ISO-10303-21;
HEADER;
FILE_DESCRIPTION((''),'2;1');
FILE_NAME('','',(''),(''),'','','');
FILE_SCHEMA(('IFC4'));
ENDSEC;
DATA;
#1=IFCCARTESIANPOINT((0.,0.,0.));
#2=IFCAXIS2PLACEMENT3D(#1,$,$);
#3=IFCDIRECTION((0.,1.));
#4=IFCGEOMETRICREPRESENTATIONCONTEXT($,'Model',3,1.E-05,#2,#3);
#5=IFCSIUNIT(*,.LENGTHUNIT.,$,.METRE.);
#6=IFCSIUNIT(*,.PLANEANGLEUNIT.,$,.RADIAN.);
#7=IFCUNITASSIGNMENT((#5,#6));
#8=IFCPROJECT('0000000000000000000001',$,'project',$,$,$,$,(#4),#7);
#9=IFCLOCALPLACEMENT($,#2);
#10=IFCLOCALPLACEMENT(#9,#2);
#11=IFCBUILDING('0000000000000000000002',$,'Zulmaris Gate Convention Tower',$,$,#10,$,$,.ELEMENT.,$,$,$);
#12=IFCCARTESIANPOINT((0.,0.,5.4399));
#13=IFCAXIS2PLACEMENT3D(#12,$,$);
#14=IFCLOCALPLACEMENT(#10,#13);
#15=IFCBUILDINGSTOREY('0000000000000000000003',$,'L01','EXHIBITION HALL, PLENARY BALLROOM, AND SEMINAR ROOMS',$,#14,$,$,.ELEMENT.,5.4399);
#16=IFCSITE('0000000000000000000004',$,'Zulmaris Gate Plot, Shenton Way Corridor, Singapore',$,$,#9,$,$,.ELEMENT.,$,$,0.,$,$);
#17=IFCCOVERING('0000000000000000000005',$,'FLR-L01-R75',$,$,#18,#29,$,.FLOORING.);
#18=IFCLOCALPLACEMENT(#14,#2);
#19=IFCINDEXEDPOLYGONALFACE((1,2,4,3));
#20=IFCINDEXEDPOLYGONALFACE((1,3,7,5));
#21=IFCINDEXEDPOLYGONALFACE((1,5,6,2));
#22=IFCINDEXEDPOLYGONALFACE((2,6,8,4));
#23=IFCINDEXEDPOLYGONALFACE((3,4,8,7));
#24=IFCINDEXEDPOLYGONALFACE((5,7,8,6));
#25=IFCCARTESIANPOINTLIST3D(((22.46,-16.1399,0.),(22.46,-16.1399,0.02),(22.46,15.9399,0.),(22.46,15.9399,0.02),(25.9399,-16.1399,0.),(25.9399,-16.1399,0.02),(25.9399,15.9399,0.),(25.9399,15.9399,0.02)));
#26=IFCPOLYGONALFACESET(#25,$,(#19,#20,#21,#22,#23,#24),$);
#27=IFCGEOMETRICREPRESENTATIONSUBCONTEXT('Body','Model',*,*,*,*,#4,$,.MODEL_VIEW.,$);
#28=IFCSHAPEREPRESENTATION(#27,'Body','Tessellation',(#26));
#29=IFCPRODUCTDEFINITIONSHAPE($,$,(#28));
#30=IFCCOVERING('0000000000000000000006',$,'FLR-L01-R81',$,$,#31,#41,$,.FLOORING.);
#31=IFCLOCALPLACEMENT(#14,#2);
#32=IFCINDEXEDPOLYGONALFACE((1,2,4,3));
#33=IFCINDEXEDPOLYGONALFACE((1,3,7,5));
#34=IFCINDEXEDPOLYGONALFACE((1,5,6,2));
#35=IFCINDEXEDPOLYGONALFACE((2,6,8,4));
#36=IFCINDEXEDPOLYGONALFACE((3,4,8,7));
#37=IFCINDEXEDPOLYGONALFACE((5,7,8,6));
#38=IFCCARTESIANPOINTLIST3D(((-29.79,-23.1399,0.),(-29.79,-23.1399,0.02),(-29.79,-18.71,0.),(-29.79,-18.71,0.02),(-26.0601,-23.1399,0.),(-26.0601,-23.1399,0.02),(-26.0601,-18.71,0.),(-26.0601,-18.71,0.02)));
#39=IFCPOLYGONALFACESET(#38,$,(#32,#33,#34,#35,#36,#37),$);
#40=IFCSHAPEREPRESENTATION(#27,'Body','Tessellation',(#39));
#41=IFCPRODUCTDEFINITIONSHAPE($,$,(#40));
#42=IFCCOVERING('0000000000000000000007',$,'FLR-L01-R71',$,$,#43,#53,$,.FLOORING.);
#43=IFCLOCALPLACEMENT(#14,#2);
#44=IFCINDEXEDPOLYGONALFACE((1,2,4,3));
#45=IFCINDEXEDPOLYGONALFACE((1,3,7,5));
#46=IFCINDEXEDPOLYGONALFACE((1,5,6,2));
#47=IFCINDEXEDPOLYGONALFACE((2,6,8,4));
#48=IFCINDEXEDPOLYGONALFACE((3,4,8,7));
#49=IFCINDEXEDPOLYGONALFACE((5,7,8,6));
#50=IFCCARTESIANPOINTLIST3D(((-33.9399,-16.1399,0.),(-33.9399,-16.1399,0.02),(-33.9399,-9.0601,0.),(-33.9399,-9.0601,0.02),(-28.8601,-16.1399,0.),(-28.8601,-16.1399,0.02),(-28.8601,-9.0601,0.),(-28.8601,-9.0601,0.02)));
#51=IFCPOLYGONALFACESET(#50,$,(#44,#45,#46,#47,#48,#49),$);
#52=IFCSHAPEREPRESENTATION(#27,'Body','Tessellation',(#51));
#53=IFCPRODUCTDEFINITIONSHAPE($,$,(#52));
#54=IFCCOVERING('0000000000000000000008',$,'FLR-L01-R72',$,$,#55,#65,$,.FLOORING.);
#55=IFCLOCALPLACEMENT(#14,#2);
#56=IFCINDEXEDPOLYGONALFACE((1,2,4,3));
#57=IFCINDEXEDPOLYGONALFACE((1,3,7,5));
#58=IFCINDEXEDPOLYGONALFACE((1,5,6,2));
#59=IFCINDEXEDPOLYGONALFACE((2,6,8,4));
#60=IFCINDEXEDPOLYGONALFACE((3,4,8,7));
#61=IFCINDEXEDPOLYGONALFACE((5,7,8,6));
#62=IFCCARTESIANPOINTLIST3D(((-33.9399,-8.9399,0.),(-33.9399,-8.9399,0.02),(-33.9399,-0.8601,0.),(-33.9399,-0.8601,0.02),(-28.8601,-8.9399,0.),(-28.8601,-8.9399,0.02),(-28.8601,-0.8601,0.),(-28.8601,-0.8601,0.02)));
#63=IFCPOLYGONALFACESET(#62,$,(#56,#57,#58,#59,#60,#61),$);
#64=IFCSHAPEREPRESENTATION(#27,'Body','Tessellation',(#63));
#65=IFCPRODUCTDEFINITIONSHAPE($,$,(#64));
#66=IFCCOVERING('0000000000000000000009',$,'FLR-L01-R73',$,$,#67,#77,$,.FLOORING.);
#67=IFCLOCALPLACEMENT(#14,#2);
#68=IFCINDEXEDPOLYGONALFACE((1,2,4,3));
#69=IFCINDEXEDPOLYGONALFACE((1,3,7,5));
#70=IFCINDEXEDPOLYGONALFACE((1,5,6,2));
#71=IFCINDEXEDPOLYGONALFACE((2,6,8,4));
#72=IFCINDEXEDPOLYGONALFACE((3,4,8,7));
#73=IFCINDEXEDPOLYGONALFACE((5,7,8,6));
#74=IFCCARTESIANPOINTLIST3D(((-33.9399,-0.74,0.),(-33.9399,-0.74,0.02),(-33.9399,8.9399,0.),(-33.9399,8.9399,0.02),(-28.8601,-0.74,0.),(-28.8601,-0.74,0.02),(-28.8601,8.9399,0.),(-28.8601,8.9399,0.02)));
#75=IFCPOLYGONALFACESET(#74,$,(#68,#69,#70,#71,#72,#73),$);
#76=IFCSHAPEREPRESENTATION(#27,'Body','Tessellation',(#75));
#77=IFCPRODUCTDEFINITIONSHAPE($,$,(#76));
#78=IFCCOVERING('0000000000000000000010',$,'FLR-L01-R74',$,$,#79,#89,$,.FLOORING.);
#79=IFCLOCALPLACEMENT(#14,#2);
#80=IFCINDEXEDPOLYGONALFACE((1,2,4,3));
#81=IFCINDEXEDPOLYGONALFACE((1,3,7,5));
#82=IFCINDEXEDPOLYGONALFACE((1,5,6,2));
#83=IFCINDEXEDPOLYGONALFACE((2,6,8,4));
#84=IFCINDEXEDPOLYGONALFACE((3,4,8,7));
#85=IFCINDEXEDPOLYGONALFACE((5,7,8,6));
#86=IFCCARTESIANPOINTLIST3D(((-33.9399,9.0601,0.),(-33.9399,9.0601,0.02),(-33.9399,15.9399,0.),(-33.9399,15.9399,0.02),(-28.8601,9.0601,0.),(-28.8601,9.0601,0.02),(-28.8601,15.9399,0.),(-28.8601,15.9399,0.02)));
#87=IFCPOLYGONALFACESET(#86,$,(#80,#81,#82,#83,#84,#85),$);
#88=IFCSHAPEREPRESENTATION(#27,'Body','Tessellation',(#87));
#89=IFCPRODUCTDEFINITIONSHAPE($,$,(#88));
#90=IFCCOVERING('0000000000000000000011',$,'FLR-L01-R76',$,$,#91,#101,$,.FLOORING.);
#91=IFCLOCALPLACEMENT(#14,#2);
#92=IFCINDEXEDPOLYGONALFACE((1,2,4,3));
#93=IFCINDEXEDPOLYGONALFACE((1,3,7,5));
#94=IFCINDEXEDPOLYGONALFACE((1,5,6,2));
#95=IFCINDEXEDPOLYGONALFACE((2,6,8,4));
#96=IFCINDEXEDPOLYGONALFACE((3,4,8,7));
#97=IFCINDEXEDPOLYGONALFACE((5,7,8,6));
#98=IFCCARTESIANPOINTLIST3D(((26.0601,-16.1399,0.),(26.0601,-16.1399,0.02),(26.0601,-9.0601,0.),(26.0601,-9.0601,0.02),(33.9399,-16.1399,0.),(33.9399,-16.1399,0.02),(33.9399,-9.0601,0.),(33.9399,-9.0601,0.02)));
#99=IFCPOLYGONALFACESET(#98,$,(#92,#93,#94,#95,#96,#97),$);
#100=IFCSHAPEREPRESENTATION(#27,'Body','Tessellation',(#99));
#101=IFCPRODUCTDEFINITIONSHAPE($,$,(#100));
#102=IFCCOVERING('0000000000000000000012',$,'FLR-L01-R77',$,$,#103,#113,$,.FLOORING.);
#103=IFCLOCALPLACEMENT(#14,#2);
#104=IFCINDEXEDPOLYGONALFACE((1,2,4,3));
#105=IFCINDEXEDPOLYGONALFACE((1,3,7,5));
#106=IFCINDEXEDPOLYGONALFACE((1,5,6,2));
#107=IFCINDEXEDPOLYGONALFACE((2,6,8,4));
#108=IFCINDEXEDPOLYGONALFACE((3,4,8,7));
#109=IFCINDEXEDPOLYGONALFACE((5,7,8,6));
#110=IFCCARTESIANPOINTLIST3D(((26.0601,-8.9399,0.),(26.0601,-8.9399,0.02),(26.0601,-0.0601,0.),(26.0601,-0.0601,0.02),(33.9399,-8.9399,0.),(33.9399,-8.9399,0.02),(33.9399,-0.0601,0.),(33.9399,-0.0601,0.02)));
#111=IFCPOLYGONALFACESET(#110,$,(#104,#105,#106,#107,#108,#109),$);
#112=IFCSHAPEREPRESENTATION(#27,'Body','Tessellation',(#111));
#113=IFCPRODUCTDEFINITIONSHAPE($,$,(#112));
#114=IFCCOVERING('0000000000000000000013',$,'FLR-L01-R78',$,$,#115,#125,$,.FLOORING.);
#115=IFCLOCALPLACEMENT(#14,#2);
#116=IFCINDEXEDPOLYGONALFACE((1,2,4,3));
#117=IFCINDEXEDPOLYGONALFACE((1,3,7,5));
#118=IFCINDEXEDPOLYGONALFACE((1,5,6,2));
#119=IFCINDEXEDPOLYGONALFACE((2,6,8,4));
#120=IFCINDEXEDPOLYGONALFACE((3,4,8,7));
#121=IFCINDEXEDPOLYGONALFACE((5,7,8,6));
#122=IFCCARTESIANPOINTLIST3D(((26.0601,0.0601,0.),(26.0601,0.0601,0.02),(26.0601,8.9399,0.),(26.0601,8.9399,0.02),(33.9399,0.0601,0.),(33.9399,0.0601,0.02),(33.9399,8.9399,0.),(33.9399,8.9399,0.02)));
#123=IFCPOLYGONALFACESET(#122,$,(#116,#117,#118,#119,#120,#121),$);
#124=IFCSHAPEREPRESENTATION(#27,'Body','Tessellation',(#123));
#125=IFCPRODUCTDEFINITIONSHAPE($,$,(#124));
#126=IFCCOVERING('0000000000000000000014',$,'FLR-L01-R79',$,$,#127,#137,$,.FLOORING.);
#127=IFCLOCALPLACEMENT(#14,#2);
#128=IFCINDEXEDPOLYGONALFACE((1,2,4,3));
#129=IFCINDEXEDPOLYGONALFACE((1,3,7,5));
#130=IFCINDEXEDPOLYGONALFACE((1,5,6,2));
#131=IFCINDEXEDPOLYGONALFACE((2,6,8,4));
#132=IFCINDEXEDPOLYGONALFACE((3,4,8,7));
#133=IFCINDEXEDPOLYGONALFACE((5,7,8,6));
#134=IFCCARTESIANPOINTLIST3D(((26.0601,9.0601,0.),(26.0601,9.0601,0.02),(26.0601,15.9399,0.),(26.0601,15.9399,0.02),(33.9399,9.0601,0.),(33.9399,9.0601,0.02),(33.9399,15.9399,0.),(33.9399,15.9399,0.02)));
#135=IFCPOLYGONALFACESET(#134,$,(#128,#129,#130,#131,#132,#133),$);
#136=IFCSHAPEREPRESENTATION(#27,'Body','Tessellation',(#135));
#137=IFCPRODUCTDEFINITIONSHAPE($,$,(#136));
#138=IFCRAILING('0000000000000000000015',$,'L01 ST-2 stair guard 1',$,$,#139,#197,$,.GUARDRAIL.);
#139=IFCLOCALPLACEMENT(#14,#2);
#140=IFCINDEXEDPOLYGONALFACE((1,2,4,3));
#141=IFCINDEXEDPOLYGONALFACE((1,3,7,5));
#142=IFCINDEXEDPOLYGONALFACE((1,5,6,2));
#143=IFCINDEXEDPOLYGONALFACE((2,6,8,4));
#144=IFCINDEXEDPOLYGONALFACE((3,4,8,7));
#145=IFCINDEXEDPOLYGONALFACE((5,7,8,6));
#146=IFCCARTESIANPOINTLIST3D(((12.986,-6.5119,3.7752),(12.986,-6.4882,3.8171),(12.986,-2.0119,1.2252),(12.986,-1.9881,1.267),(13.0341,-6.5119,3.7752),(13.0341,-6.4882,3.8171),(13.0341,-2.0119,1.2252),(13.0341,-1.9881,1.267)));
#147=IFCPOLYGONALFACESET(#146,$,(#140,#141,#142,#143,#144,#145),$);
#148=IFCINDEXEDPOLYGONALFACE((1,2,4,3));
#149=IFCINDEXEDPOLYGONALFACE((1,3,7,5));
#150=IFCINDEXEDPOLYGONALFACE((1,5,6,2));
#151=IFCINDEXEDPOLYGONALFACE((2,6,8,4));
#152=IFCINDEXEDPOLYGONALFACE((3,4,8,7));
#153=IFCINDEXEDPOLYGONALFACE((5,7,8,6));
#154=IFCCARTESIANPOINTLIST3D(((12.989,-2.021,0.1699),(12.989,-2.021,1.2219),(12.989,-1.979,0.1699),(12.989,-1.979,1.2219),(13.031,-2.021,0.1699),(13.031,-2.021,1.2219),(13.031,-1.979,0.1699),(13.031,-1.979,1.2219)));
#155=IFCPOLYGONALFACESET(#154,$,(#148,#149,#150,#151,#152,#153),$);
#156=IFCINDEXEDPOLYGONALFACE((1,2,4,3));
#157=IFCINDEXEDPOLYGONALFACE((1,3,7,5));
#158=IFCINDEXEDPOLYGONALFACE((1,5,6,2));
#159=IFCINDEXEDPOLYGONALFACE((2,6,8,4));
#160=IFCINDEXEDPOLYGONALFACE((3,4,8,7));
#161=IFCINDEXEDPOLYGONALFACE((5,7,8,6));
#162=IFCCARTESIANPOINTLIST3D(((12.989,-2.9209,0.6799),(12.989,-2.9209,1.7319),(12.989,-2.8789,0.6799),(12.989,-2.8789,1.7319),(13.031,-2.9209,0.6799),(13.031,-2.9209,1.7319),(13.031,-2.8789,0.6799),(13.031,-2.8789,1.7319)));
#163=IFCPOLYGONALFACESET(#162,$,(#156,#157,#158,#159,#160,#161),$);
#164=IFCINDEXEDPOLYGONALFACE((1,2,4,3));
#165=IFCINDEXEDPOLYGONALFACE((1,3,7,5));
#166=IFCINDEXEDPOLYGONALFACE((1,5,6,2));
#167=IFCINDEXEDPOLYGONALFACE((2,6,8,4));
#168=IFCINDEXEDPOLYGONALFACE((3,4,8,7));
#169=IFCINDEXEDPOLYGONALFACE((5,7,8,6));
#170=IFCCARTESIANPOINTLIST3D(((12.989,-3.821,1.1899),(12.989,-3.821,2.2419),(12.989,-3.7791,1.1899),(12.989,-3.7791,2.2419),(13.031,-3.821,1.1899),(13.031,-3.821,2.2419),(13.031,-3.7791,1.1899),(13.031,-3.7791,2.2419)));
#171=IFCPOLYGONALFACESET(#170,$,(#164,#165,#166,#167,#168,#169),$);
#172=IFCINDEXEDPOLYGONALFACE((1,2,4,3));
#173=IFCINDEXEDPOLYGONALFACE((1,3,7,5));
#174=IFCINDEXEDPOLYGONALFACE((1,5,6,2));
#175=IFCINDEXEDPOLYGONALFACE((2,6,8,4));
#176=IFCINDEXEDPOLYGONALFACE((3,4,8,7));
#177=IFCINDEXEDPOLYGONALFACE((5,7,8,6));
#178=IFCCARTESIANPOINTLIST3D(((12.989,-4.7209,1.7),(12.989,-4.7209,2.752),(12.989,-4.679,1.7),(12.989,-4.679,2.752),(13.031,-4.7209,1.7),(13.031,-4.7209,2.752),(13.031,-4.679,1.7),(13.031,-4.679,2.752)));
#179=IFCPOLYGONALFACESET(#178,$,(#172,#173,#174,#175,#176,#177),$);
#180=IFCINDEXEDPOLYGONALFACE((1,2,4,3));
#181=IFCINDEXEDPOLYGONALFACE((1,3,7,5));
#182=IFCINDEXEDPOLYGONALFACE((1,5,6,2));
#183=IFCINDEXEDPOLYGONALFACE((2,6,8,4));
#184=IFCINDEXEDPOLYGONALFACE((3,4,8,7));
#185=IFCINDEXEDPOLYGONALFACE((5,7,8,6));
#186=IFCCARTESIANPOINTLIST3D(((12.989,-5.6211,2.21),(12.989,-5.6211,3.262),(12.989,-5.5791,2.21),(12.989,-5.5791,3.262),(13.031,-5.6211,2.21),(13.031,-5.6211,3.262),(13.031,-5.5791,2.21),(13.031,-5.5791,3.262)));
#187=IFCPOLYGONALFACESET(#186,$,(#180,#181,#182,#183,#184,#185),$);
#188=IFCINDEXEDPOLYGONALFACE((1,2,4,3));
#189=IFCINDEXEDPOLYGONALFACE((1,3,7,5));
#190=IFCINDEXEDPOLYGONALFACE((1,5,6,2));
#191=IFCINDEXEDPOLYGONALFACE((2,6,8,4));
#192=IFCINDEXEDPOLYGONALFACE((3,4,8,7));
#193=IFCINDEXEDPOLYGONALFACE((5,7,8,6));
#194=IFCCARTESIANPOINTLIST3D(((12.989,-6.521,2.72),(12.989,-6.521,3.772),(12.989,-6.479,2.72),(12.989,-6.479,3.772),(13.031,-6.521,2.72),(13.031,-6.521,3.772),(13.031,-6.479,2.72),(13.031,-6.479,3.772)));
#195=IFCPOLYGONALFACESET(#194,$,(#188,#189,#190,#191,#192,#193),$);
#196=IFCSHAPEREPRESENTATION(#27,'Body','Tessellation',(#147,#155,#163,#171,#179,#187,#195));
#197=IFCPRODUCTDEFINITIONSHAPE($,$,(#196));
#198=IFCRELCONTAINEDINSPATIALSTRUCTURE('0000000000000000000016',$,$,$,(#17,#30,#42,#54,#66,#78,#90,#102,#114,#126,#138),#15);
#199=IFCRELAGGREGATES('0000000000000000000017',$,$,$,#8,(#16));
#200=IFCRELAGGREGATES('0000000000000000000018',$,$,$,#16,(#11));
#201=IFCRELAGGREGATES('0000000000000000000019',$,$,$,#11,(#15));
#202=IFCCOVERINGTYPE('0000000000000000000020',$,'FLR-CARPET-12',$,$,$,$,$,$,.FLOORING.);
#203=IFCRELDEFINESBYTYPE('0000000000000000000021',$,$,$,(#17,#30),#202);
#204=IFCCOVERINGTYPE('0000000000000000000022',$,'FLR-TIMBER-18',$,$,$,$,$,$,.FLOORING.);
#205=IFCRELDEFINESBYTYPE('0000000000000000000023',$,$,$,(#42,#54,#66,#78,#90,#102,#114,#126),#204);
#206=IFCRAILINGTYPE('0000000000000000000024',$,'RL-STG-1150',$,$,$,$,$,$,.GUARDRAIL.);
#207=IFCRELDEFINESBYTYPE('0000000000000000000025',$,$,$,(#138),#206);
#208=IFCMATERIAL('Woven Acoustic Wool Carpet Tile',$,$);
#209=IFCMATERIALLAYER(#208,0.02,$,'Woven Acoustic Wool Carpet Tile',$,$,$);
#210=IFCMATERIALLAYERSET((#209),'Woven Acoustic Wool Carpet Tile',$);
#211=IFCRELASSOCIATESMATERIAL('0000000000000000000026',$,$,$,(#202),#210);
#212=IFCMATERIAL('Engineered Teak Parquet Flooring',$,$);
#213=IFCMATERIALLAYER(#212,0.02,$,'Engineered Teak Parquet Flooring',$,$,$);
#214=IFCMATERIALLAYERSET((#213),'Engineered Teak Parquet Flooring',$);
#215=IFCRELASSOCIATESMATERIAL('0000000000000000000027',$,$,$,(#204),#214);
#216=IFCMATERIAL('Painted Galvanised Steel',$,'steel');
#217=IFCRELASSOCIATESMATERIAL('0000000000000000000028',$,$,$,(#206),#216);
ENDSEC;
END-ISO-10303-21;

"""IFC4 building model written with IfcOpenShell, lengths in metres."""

from ifc_helpers import new_model, si_unit, direction, frame, origin, origin_2d, place, context, subcontext, project, spatial, polyline, rectangle, outline, extrude, material, layer, layer_set, type_object, element, save


model = new_model("IFC4")

# Units and contexts
model_context = context("Model", 3, precision=1e-05, world=origin(), true_north=direction((0.0, 1.0)))
body_context = subcontext(model_context, "Body", "Model", "MODEL_VIEW")
ifc_project = project(units=[si_unit("LENGTHUNIT", "METRE"), si_unit("PLANEANGLEUNIT", "RADIAN")], contexts=[model_context])

# Site, building, storey
site_placement = place(None, origin())
site = spatial("IfcSite", under=ifc_project, at=site_placement, Name="Zulmaris Gate Plot, Shenton Way Corridor, Singapore", CompositionType="ELEMENT", RefElevation=0.0)
building_placement = place(site_placement, origin())
building = spatial("IfcBuilding", under=site, at=building_placement, Name="Zulmaris Gate Convention Tower", CompositionType="ELEMENT")
storey_placement = place(building_placement, frame((0.0, 0.0, 5.4399)))
storey = spatial("IfcBuildingStorey", under=building, at=storey_placement, Name="L01", Description="EXHIBITION HALL, PLENARY BALLROOM, AND SEMINAR ROOMS", CompositionType="ELEMENT", Elevation=5.4399)

# Coverings
ifc_material_1 = material(Name="Woven Acoustic Wool Carpet Tile")
ifc_layer_1 = layer(ifc_material_1, 0.02, Name="Woven Acoustic Wool Carpet Tile")
ifc_layer_set_1 = layer_set([ifc_layer_1], Name="Woven Acoustic Wool Carpet Tile")
covering_type_1 = type_object("IfcCoveringType", Name="FLR-CARPET-12", PredefinedType="FLOORING", material=ifc_layer_set_1)
covering_1_placement = place(storey_placement, origin())
element("IfcCovering", 1, at=covering_1_placement, inside=storey, type_object=covering_type_1, Name="FLR-L01-R75", PredefinedType="FLOORING", context=body_context, shape_type="SweptSolid", body=[
    extrude(outline(polyline([(22.46, -16.1399), (25.9399, -16.1399), (25.9399, 15.9399), (22.46, 15.9399), (22.46, -16.1399)])), origin(), (0.0, 0.0, 1.0), 0.02),
])
covering_2_placement = place(storey_placement, origin())
element("IfcCovering", 2, at=covering_2_placement, inside=storey, type_object=covering_type_1, Name="FLR-L01-R81", PredefinedType="FLOORING", context=body_context, shape_type="SweptSolid", body=[
    extrude(outline(polyline([(-29.79, -23.1399), (-26.0601, -23.1399), (-26.0601, -18.71), (-29.79, -18.71), (-29.79, -23.1399)])), origin(), (0.0, 0.0, 1.0), 0.02),
])
ifc_material_2 = material(Name="Engineered Teak Parquet Flooring")
ifc_layer_2 = layer(ifc_material_2, 0.02, Name="Engineered Teak Parquet Flooring")
ifc_layer_set_2 = layer_set([ifc_layer_2], Name="Engineered Teak Parquet Flooring")
covering_type_2 = type_object("IfcCoveringType", Name="FLR-TIMBER-18", PredefinedType="FLOORING", material=ifc_layer_set_2)
covering_3_placement = place(storey_placement, origin())
element("IfcCovering", 3, at=covering_3_placement, inside=storey, type_object=covering_type_2, Name="FLR-L01-R71", PredefinedType="FLOORING", context=body_context, shape_type="SweptSolid", body=[
    extrude(outline(polyline([(-33.9399, -16.1399), (-28.8601, -16.1399), (-28.8601, -9.0601), (-33.9399, -9.0601), (-33.9399, -16.1399)])), origin(), (0.0, 0.0, 1.0), 0.02),
])
covering_4_placement = place(storey_placement, origin())
element("IfcCovering", 4, at=covering_4_placement, inside=storey, type_object=covering_type_2, Name="FLR-L01-R72", PredefinedType="FLOORING", context=body_context, shape_type="SweptSolid", body=[
    extrude(outline(polyline([(-33.9399, -8.9399), (-28.8601, -8.9399), (-28.8601, -0.8601), (-33.9399, -0.8601), (-33.9399, -8.9399)])), origin(), (0.0, 0.0, 1.0), 0.02),
])
covering_5_placement = place(storey_placement, origin())
element("IfcCovering", 5, at=covering_5_placement, inside=storey, type_object=covering_type_2, Name="FLR-L01-R73", PredefinedType="FLOORING", context=body_context, shape_type="SweptSolid", body=[
    extrude(outline(polyline([(-33.9399, -0.74), (-28.8601, -0.74), (-28.8601, 8.9399), (-33.9399, 8.9399), (-33.9399, -0.74)])), origin(), (0.0, 0.0, 1.0), 0.02),
])
covering_6_placement = place(storey_placement, origin())
element("IfcCovering", 6, at=covering_6_placement, inside=storey, type_object=covering_type_2, Name="FLR-L01-R74", PredefinedType="FLOORING", context=body_context, shape_type="SweptSolid", body=[
    extrude(outline(polyline([(-33.9399, 9.0601), (-28.8601, 9.0601), (-28.8601, 15.9399), (-33.9399, 15.9399), (-33.9399, 9.0601)])), origin(), (0.0, 0.0, 1.0), 0.02),
])
covering_7_placement = place(storey_placement, origin())
element("IfcCovering", 7, at=covering_7_placement, inside=storey, type_object=covering_type_2, Name="FLR-L01-R76", PredefinedType="FLOORING", context=body_context, shape_type="SweptSolid", body=[
    extrude(outline(polyline([(26.0601, -16.1399), (33.9399, -16.1399), (33.9399, -9.0601), (26.0601, -9.0601), (26.0601, -16.1399)])), origin(), (0.0, 0.0, 1.0), 0.02),
])
covering_8_placement = place(storey_placement, origin())
element("IfcCovering", 8, at=covering_8_placement, inside=storey, type_object=covering_type_2, Name="FLR-L01-R77", PredefinedType="FLOORING", context=body_context, shape_type="SweptSolid", body=[
    extrude(outline(polyline([(26.0601, -8.9399), (33.9399, -8.9399), (33.9399, -0.0601), (26.0601, -0.0601), (26.0601, -8.9399)])), origin(), (0.0, 0.0, 1.0), 0.02),
])
covering_9_placement = place(storey_placement, origin())
element("IfcCovering", 9, at=covering_9_placement, inside=storey, type_object=covering_type_2, Name="FLR-L01-R78", PredefinedType="FLOORING", context=body_context, shape_type="SweptSolid", body=[
    extrude(outline(polyline([(26.0601, 0.0601), (33.9399, 0.0601), (33.9399, 8.9399), (26.0601, 8.9399), (26.0601, 0.0601)])), origin(), (0.0, 0.0, 1.0), 0.02),
])
covering_10_placement = place(storey_placement, origin())
element("IfcCovering", 10, at=covering_10_placement, inside=storey, type_object=covering_type_2, Name="FLR-L01-R79", PredefinedType="FLOORING", context=body_context, shape_type="SweptSolid", body=[
    extrude(outline(polyline([(26.0601, 9.0601), (33.9399, 9.0601), (33.9399, 15.9399), (26.0601, 15.9399), (26.0601, 9.0601)])), origin(), (0.0, 0.0, 1.0), 0.02),
])

# Railing
ifc_material_3 = material(Name="Painted Galvanised Steel", Category="steel")
railing_type = type_object("IfcRailingType", Name="RL-STG-1150", PredefinedType="GUARDRAIL", material=ifc_material_3)
railing_1_placement = place(storey_placement, frame((13.01, -2.0, 0.1699)))
element("IfcRailing", 11, at=railing_1_placement, inside=storey, type_object=railing_type, Name="L01 ST-2 stair guard 1", PredefinedType="GUARDRAIL", context=body_context, shape_type="SweptSolid", body=[
    extrude(rectangle(XDim=0.0481, YDim=0.0481, at=origin_2d()), frame((0.0, 0.0, 1.0762), z_axis=(0.0, -0.870018, 0.49302), x_axis=(1.0, 0.0, 0.0)), (0.0, 0.0, 1.0), 5.1724),
    extrude(rectangle(XDim=0.042, YDim=0.042, at=origin_2d()), origin(), (0.0, 0.0, 1.0), 1.052),
    extrude(rectangle(XDim=0.042, YDim=0.042, at=origin_2d()), frame((0.0, -0.8999, 0.51)), (0.0, 0.0, 1.0), 1.052),
    extrude(rectangle(XDim=0.042, YDim=0.042, at=origin_2d()), frame((0.0, -1.8, 1.02)), (0.0, 0.0, 1.0), 1.052),
    extrude(rectangle(XDim=0.042, YDim=0.042, at=origin_2d()), frame((0.0, -2.7, 1.53)), (0.0, 0.0, 1.0), 1.052),
    extrude(rectangle(XDim=0.042, YDim=0.042, at=origin_2d()), frame((0.0, -3.6001, 2.04)), (0.0, 0.0, 1.0), 1.052),
    extrude(rectangle(XDim=0.042, YDim=0.042, at=origin_2d()), frame((0.0, -4.5, 2.55)), (0.0, 0.0, 1.0), 1.052),
])

save(model, "model.ifc")
